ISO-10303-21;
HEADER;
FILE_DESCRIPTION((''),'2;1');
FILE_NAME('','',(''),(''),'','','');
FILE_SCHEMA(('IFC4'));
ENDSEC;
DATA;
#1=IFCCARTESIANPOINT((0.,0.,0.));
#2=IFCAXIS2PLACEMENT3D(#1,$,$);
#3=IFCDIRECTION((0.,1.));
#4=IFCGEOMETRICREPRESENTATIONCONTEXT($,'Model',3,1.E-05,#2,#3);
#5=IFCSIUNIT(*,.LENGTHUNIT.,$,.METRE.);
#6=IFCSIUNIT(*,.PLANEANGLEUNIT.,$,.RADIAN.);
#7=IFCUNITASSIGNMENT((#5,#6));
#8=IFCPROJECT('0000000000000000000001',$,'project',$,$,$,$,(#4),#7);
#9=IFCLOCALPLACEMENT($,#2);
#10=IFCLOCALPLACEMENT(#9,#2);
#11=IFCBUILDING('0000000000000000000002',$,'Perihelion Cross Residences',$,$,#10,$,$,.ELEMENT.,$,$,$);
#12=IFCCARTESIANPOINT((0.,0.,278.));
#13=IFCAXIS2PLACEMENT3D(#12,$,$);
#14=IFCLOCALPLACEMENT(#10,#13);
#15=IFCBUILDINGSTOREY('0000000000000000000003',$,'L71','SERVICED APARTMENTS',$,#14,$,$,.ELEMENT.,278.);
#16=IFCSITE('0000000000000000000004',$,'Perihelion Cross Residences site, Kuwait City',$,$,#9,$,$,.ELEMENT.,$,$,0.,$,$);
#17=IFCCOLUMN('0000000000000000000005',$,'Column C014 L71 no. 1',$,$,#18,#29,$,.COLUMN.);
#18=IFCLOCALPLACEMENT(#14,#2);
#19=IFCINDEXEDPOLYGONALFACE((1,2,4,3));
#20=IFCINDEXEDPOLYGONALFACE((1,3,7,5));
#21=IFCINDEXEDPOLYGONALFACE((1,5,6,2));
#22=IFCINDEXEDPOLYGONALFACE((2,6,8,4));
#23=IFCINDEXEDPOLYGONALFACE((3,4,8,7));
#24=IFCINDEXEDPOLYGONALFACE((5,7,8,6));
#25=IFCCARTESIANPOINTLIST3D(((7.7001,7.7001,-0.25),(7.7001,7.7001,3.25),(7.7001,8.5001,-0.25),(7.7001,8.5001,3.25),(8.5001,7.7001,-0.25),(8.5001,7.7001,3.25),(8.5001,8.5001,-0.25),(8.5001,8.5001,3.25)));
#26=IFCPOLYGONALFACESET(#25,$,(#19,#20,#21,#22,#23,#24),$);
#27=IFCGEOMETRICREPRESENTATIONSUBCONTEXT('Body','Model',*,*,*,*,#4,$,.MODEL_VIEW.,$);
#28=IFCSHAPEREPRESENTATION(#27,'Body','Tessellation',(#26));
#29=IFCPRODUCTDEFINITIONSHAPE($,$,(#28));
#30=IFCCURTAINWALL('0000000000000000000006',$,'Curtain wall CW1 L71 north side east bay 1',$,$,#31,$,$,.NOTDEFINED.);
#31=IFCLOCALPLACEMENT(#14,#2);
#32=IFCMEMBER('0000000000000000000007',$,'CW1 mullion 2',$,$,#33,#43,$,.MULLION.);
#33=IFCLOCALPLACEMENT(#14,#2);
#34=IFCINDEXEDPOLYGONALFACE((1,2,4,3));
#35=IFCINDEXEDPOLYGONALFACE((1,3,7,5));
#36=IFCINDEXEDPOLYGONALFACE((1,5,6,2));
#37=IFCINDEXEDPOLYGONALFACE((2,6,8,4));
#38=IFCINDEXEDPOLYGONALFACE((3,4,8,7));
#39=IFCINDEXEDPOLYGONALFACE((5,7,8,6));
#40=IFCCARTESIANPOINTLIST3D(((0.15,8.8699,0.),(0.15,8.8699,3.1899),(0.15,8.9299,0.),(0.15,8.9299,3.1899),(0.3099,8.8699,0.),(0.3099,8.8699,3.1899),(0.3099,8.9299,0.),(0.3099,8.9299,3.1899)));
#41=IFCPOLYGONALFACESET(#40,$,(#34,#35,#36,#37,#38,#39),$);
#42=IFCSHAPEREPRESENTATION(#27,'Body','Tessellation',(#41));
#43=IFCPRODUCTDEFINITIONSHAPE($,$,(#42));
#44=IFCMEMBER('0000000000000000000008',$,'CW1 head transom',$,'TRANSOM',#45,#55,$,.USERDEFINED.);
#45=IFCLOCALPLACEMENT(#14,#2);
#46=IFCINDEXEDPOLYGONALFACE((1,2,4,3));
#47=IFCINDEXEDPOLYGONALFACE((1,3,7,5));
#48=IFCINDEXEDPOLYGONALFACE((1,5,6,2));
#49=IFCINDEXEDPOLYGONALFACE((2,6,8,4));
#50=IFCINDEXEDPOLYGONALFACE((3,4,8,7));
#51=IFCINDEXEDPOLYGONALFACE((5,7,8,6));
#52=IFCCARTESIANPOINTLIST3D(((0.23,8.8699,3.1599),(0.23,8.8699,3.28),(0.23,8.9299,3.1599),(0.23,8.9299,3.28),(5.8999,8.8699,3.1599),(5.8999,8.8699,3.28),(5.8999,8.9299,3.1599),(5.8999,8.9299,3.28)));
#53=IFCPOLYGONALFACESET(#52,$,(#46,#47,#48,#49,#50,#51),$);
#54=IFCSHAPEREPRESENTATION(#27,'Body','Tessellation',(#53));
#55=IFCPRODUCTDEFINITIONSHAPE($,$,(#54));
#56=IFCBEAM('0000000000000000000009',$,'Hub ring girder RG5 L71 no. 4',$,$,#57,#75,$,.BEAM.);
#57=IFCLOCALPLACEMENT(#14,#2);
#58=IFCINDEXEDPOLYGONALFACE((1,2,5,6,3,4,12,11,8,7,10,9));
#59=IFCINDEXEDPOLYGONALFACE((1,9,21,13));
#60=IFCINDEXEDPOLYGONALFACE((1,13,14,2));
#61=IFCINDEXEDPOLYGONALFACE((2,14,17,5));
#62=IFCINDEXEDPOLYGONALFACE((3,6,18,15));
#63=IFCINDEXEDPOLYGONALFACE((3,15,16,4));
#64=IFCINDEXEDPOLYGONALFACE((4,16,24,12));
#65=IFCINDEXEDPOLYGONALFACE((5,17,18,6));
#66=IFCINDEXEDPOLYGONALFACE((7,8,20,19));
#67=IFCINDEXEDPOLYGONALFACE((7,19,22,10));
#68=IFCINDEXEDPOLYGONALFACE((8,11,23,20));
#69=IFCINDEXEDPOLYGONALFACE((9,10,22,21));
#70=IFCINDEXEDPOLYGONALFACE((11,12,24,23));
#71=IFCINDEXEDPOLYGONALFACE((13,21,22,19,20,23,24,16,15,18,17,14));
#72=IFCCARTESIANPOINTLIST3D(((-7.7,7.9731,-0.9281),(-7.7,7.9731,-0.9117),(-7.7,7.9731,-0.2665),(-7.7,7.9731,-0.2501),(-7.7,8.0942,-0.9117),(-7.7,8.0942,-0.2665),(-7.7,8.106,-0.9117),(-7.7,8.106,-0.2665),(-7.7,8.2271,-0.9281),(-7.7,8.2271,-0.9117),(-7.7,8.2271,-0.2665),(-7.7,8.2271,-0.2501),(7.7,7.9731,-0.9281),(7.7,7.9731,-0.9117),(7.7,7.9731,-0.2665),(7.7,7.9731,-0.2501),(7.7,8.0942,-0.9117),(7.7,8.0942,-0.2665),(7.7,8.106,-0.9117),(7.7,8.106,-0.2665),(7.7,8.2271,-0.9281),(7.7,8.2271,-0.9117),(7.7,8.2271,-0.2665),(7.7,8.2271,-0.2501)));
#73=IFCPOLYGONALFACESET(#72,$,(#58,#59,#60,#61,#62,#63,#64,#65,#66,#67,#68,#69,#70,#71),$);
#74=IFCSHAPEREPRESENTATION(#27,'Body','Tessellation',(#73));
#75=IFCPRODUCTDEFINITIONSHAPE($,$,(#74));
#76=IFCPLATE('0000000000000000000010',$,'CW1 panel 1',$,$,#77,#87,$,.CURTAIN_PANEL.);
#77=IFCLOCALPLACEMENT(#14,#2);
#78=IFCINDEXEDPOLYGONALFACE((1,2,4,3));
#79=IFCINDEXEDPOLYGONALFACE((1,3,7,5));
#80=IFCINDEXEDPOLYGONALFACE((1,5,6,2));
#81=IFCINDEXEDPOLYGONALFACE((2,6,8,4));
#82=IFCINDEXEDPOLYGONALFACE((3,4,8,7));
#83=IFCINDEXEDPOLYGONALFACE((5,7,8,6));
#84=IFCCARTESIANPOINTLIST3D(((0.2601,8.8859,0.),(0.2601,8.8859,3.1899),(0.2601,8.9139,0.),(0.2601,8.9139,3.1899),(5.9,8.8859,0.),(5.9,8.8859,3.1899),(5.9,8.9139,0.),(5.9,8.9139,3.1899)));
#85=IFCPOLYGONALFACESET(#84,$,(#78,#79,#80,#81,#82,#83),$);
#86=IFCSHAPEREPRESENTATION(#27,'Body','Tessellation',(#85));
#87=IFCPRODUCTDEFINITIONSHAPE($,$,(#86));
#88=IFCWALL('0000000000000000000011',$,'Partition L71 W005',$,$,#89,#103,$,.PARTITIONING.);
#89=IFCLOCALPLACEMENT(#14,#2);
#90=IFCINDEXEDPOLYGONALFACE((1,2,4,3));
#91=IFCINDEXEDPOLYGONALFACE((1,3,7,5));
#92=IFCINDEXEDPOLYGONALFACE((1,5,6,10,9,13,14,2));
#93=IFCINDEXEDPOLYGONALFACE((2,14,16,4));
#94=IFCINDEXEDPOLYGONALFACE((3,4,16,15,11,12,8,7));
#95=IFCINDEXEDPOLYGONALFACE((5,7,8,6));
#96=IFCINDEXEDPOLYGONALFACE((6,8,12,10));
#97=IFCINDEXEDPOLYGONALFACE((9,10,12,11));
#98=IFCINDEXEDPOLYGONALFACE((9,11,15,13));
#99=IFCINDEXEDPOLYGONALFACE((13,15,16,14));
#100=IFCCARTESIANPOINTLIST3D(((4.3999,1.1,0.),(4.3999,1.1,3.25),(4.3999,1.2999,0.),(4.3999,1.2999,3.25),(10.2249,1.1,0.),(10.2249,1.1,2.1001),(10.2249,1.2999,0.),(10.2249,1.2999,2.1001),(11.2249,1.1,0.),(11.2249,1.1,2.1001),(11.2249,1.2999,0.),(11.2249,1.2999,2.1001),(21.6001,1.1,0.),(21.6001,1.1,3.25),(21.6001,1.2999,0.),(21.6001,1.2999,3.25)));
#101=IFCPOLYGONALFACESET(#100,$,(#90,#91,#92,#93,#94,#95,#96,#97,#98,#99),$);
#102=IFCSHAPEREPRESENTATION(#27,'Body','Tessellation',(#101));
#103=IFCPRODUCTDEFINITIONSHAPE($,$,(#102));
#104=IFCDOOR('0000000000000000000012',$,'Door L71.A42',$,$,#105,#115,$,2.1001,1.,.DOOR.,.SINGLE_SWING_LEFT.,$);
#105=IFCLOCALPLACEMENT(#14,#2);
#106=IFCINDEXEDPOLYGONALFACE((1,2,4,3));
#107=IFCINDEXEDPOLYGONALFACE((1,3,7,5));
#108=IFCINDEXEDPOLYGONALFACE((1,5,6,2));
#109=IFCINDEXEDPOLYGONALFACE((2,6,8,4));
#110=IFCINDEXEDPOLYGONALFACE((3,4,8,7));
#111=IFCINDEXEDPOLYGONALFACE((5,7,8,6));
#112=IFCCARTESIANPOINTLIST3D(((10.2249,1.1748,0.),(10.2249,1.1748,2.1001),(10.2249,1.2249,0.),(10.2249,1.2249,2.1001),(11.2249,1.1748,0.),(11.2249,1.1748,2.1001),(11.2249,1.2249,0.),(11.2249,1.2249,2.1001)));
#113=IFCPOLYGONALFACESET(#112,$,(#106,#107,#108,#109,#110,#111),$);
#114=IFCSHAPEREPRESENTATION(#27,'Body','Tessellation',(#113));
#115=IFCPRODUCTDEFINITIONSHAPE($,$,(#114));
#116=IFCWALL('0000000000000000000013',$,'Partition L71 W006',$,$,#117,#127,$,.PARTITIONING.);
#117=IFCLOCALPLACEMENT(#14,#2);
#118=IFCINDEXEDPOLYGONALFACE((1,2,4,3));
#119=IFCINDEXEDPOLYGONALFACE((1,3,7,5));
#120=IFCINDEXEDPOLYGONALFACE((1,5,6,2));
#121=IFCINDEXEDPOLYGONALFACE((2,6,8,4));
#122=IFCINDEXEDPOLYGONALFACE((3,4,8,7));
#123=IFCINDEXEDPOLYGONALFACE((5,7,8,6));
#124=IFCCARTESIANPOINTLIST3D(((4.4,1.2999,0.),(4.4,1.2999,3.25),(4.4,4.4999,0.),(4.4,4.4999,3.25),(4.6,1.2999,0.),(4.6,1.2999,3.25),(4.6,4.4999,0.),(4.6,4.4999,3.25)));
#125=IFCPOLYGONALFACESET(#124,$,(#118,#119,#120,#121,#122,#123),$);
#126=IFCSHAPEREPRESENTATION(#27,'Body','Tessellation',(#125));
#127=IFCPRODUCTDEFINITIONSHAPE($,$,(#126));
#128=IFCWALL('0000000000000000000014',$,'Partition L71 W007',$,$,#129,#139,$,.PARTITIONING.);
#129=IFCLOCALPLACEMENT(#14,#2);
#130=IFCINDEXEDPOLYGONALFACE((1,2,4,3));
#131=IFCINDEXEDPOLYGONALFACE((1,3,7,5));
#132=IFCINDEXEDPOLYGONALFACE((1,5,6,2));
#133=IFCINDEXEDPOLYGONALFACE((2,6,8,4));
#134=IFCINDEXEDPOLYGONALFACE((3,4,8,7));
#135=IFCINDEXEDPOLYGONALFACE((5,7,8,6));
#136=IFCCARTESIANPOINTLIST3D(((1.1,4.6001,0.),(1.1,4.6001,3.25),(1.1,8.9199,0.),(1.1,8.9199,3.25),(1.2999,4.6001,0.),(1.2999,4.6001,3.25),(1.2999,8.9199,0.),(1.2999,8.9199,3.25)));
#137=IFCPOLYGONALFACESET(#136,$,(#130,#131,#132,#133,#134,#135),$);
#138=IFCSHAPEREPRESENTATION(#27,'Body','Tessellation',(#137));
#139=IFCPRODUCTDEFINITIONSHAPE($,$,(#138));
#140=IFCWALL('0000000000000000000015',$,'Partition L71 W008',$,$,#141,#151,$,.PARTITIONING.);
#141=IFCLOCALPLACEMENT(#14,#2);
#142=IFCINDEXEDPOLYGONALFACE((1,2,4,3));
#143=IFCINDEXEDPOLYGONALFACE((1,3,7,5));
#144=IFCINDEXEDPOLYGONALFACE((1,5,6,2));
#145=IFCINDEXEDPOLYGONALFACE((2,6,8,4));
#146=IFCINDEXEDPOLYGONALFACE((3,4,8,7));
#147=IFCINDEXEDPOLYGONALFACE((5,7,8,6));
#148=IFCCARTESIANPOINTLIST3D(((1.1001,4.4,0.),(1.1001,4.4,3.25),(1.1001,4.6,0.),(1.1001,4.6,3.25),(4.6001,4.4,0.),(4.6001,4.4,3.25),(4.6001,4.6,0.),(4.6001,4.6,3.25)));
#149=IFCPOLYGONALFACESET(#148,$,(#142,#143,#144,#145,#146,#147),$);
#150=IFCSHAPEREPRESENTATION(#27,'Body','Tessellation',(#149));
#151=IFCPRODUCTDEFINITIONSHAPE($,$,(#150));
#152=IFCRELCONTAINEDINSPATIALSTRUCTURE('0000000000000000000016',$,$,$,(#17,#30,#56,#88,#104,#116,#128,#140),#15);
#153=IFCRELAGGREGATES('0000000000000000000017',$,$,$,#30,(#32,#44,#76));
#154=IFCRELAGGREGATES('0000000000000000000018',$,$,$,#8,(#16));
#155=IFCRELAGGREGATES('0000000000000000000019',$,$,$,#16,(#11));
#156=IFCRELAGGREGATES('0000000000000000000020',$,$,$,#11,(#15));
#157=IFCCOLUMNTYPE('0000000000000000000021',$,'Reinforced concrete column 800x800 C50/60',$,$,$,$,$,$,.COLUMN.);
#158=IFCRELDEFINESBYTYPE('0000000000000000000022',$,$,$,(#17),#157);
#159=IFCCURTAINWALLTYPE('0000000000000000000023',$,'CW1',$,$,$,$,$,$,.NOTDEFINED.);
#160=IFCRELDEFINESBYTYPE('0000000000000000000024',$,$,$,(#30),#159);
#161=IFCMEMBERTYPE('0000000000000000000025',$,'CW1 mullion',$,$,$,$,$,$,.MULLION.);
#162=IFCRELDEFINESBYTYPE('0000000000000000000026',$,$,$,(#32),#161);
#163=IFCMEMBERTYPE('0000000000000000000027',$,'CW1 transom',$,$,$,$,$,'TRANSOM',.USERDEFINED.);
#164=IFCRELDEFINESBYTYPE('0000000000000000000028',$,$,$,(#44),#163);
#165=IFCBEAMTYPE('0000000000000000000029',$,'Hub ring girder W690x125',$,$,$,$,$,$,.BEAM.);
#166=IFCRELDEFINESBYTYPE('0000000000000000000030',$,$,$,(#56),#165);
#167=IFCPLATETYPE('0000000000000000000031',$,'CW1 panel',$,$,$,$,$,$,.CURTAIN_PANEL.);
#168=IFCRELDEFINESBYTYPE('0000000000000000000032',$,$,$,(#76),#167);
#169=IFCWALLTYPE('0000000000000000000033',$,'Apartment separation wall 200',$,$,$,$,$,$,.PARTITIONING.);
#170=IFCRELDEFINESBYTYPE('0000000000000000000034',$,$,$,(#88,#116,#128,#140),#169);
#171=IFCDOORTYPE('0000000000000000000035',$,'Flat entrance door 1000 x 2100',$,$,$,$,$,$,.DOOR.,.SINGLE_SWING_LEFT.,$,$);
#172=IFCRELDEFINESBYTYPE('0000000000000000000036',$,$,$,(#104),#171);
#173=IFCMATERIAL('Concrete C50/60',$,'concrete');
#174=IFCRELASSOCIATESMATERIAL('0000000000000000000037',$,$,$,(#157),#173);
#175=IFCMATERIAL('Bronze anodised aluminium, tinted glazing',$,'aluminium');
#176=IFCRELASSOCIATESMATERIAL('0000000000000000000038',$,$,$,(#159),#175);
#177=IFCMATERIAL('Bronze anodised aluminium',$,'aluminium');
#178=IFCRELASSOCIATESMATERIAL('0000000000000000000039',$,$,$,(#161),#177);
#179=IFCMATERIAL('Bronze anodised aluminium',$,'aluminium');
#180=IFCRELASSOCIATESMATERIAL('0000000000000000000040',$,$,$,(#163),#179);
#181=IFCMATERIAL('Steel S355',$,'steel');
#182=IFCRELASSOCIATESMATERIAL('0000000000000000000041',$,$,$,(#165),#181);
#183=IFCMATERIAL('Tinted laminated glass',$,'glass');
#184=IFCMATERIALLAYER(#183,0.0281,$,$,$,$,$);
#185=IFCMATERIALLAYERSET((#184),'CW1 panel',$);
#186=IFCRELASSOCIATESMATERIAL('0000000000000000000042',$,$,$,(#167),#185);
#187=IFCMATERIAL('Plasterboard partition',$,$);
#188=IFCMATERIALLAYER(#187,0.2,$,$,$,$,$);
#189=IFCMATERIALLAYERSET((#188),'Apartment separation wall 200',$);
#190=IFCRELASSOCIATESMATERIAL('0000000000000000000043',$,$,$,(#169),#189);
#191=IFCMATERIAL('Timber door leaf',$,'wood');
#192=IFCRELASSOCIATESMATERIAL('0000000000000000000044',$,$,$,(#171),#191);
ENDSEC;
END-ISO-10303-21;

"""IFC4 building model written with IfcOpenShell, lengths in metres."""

from ifc_helpers import new_model, si_unit, direction, frame, frame_2d, origin, origin_2d, place, context, subcontext, project, spatial, rectangle, i_section, extrude, material, layer, layer_set, material_profile, profile_set, type_object, element, fill, aggregate, save


model = new_model("IFC4")

# Units and contexts
model_context = context("Model", 3, precision=1e-05, world=origin(), true_north=direction((0.0, 1.0)))
body_context = subcontext(model_context, "Body", "Model", "MODEL_VIEW")
ifc_project = project(units=[si_unit("LENGTHUNIT", "METRE"), si_unit("PLANEANGLEUNIT", "RADIAN")], contexts=[model_context])

# Site, building, storey
site_placement = place(None, origin())
site = spatial("IfcSite", under=ifc_project, at=site_placement, Name="Perihelion Cross Residences site, Kuwait City", CompositionType="ELEMENT", RefElevation=0.0)
building_placement = place(site_placement, origin())
building = spatial("IfcBuilding", under=site, at=building_placement, Name="Perihelion Cross Residences", CompositionType="ELEMENT")
storey_placement = place(building_placement, frame((0.0, 0.0, 278.0)))
storey = spatial("IfcBuildingStorey", under=building, at=storey_placement, Name="L71", Description="SERVICED APARTMENTS", CompositionType="ELEMENT", Elevation=278.0)

# Column
ifc_material_1 = material(Name="Concrete C50/60", Category="concrete")
ifc_material_profile_1 = material_profile(ifc_material_1, rectangle(XDim=0.8, YDim=0.8, at=origin_2d()), Name="RC 800x800")
ifc_profile_set_1 = profile_set([ifc_material_profile_1], Name="Concrete C50/60")
column_type = type_object("IfcColumnType", Name="Reinforced concrete column 800x800 C50/60", PredefinedType="COLUMN", material=ifc_profile_set_1)
column_placement = place(storey_placement, frame((8.1001, 8.1001, -0.25), z_axis=(0.0, 0.0, 1.0), x_axis=(1.0, 0.0, 0.0)))
element("IfcColumn", 1, at=column_placement, inside=storey, type_object=column_type, Name="Column C014 L71 no. 1", PredefinedType="COLUMN", context=body_context, shape_type="SweptSolid", body=[
    extrude(rectangle(XDim=0.8, YDim=0.8, at=origin_2d()), origin(), (0.0, 0.0, 1.0), 3.5),
])

# Curtain wall, members
ifc_material_2 = material(Name="Bronze anodised aluminium, tinted glazing", Category="aluminium")
curtain_wall_type = type_object("IfcCurtainWallType", Name="CW1", PredefinedType="NOTDEFINED", material=ifc_material_2)
curtain_wall_placement = place(storey_placement, origin())
curtain_wall = element("IfcCurtainWall", 2, at=curtain_wall_placement, inside=storey, type_object=curtain_wall_type, Name="Curtain wall CW1 L71 north side east bay 1", PredefinedType="NOTDEFINED")
ifc_material_3 = material(Name="Bronze anodised aluminium", Category="aluminium")
ifc_material_profile_2 = material_profile(ifc_material_3, rectangle(XDim=0.0601, YDim=0.1599, at=origin_2d()), Name="CW1 mullion")
ifc_profile_set_2 = profile_set([ifc_material_profile_2], Name="Bronze anodised aluminium")
member_type_1 = type_object("IfcMemberType", Name="CW1 mullion", PredefinedType="MULLION", material=ifc_profile_set_2)
member_1_placement = place(storey_placement, frame((0.23, 8.8999, 0.0), z_axis=(0.0, 0.0, 1.0), x_axis=(0.0, -1.0, 0.0)))
member_1 = element("IfcMember", 3, at=member_1_placement, type_object=member_type_1, Name="CW1 mullion 2", PredefinedType="MULLION", context=body_context, shape_type="SweptSolid", body=[
    extrude(rectangle(XDim=0.0601, YDim=0.1599, at=origin_2d()), origin(), (0.0, 0.0, 1.0), 3.1899),
])
ifc_material_4 = material(Name="Bronze anodised aluminium", Category="aluminium")
ifc_material_profile_3 = material_profile(ifc_material_4, rectangle(XDim=0.0601, YDim=0.1201, at=origin_2d()), Name="CW1 transom")
ifc_profile_set_3 = profile_set([ifc_material_profile_3], Name="Bronze anodised aluminium")
member_type_2 = type_object("IfcMemberType", Name="CW1 transom", ElementType="TRANSOM", PredefinedType="USERDEFINED", material=ifc_profile_set_3)
member_2_placement = place(storey_placement, frame((5.8999, 8.8999, 3.22), z_axis=(-1.0, 0.0, 0.0), x_axis=(0.0, -1.0, 0.0)))
member_2 = element("IfcMember", 4, at=member_2_placement, type_object=member_type_2, Name="CW1 head transom", ObjectType="TRANSOM", PredefinedType="USERDEFINED", context=body_context, shape_type="SweptSolid", body=[
    extrude(rectangle(XDim=0.0601, YDim=0.1201, at=origin_2d()), origin(), (0.0, 0.0, 1.0), 5.6699),
])

# Beam
ifc_material_5 = material(Name="Steel S355", Category="steel")
ifc_material_profile_4 = material_profile(ifc_material_5, i_section(OverallWidth=0.2539, OverallDepth=0.678, WebThickness=0.0117, FlangeThickness=0.0164, at=origin_2d()), Name="W690x125")
ifc_profile_set_4 = profile_set([ifc_material_profile_4], Name="Steel S355")
beam_type = type_object("IfcBeamType", Name="Hub ring girder W690x125", PredefinedType="BEAM", material=ifc_profile_set_4)
beam_placement = place(storey_placement, frame((7.7, 8.1001, -0.5891), z_axis=(-1.0, 0.0, 0.0), x_axis=(0.0, -1.0, 0.0)))
element("IfcBeam", 5, at=beam_placement, inside=storey, type_object=beam_type, Name="Hub ring girder RG5 L71 no. 4", PredefinedType="BEAM", context=body_context, shape_type="SweptSolid", body=[
    extrude(i_section(OverallWidth=0.2539, OverallDepth=0.678, WebThickness=0.0117, FlangeThickness=0.0164, at=origin_2d()), origin(), (0.0, 0.0, 1.0), 15.3999),
])

# Plate
ifc_material_6 = material(Name="Tinted laminated glass", Category="glass")
ifc_layer_1 = layer(ifc_material_6, 0.0281)
ifc_layer_set_1 = layer_set([ifc_layer_1], Name="CW1 panel")
plate_type = type_object("IfcPlateType", Name="CW1 panel", PredefinedType="CURTAIN_PANEL", material=ifc_layer_set_1)
plate_placement = place(storey_placement, frame((3.0801, 8.8999, 0.0), z_axis=(0.0, 0.0, 1.0), x_axis=(-1.0, 0.0, 0.0)))
plate = element("IfcPlate", 6, at=plate_placement, type_object=plate_type, Name="CW1 panel 1", PredefinedType="CURTAIN_PANEL", context=body_context, shape_type="SweptSolid", body=[
    extrude(rectangle(XDim=5.6399, YDim=0.0281, at=origin_2d()), origin(), (0.0, 0.0, 1.0), 3.1899),
])
aggregate(curtain_wall, [member_1, member_2, plate])

# Wall, opening, door
ifc_material_7 = material(Name="Plasterboard partition")
ifc_layer_2 = layer(ifc_material_7, 0.2)
ifc_layer_set_2 = layer_set([ifc_layer_2], Name="Apartment separation wall 200")
wall_type_1 = type_object("IfcWallType", Name="Apartment separation wall 200", PredefinedType="PARTITIONING", material=ifc_layer_set_2)
wall_1_placement = place(storey_placement, frame((4.3999, 1.2, 0.0), z_axis=(0.0, 0.0, 1.0), x_axis=(1.0, 0.0, 0.0)))
wall_1 = element("IfcWall", 7, at=wall_1_placement, inside=storey, type_object=wall_type_1, Name="Partition L71 W005", PredefinedType="PARTITIONING", context=body_context, shape_type="SweptSolid", body=[
    extrude(rectangle(XDim=17.2002, YDim=0.2, at=frame_2d((8.6001, 0.0))), origin(), (0.0, 0.0, 1.0), 3.25),
])
opening_1_placement = place(wall_1_placement, frame((5.825, 0.0, 0.0)))
opening_1 = element("IfcOpeningElement", 8, at=opening_1_placement, cuts=wall_1, PredefinedType="OPENING", context=body_context, shape_type="SweptSolid", body=[
    extrude(rectangle(XDim=1.0, YDim=2.1001, at=frame_2d((0.5, 1.05))), frame((0.0, 0.1099, 0.0), z_axis=(0.0, -1.0, 0.0), x_axis=(1.0, 0.0, 0.0)), (0.0, 0.0, 1.0), 0.22),
])
ifc_material_8 = material(Name="Timber door leaf", Category="wood")
door_type_1 = type_object("IfcDoorType", Name="Flat entrance door 1000 x 2100", OperationType="SINGLE_SWING_LEFT", PredefinedType="DOOR", material=ifc_material_8)
door_1_placement = place(opening_1_placement, origin())
door_1 = element("IfcDoor", 9, at=door_1_placement, inside=storey, type_object=door_type_1, Name="Door L71.A42", OperationType="SINGLE_SWING_LEFT", OverallHeight=2.1001, OverallWidth=1.0, PredefinedType="DOOR", context=body_context, shape_type="SweptSolid", body=[
    extrude(rectangle(XDim=1.0, YDim=2.1001, at=frame_2d((0.5, 1.05))), frame((0.0, 0.0249, 0.0), z_axis=(0.0, -1.0, 0.0), x_axis=(1.0, 0.0, 0.0)), (0.0, 0.0, 1.0), 0.05),
])
fill(opening_1, door_1)

# Walls
wall_2_placement = place(storey_placement, frame((4.5, 4.5, 0.0), z_axis=(0.0, 0.0, 1.0), x_axis=(0.0, -1.0, 0.0)))
element("IfcWall", 10, at=wall_2_placement, inside=storey, type_object=wall_type_1, Name="Partition L71 W006", PredefinedType="PARTITIONING", context=body_context, shape_type="SweptSolid", body=[
    extrude(rectangle(XDim=3.2, YDim=0.2, at=frame_2d((1.6001, 0.0))), origin(), (0.0, 0.0, 1.0), 3.25),
])
wall_3_placement = place(storey_placement, frame((1.2, 8.9199, 0.0), z_axis=(0.0, 0.0, 1.0), x_axis=(0.0, -1.0, 0.0)))
element("IfcWall", 11, at=wall_3_placement, inside=storey, type_object=wall_type_1, Name="Partition L71 W007", PredefinedType="PARTITIONING", context=body_context, shape_type="SweptSolid", body=[
    extrude(rectangle(XDim=4.3198, YDim=0.2, at=frame_2d((2.1599, 0.0))), origin(), (0.0, 0.0, 1.0), 3.25),
])
wall_4_placement = place(storey_placement, frame((1.1001, 4.5, 0.0), z_axis=(0.0, 0.0, 1.0), x_axis=(1.0, 0.0, 0.0)))
element("IfcWall", 12, at=wall_4_placement, inside=storey, type_object=wall_type_1, Name="Partition L71 W008", PredefinedType="PARTITIONING", context=body_context, shape_type="SweptSolid", body=[
    extrude(rectangle(XDim=3.5, YDim=0.2, at=frame_2d((1.75, 0.0))), origin(), (0.0, 0.0, 1.0), 3.25),
])

save(model, "model.ifc")
